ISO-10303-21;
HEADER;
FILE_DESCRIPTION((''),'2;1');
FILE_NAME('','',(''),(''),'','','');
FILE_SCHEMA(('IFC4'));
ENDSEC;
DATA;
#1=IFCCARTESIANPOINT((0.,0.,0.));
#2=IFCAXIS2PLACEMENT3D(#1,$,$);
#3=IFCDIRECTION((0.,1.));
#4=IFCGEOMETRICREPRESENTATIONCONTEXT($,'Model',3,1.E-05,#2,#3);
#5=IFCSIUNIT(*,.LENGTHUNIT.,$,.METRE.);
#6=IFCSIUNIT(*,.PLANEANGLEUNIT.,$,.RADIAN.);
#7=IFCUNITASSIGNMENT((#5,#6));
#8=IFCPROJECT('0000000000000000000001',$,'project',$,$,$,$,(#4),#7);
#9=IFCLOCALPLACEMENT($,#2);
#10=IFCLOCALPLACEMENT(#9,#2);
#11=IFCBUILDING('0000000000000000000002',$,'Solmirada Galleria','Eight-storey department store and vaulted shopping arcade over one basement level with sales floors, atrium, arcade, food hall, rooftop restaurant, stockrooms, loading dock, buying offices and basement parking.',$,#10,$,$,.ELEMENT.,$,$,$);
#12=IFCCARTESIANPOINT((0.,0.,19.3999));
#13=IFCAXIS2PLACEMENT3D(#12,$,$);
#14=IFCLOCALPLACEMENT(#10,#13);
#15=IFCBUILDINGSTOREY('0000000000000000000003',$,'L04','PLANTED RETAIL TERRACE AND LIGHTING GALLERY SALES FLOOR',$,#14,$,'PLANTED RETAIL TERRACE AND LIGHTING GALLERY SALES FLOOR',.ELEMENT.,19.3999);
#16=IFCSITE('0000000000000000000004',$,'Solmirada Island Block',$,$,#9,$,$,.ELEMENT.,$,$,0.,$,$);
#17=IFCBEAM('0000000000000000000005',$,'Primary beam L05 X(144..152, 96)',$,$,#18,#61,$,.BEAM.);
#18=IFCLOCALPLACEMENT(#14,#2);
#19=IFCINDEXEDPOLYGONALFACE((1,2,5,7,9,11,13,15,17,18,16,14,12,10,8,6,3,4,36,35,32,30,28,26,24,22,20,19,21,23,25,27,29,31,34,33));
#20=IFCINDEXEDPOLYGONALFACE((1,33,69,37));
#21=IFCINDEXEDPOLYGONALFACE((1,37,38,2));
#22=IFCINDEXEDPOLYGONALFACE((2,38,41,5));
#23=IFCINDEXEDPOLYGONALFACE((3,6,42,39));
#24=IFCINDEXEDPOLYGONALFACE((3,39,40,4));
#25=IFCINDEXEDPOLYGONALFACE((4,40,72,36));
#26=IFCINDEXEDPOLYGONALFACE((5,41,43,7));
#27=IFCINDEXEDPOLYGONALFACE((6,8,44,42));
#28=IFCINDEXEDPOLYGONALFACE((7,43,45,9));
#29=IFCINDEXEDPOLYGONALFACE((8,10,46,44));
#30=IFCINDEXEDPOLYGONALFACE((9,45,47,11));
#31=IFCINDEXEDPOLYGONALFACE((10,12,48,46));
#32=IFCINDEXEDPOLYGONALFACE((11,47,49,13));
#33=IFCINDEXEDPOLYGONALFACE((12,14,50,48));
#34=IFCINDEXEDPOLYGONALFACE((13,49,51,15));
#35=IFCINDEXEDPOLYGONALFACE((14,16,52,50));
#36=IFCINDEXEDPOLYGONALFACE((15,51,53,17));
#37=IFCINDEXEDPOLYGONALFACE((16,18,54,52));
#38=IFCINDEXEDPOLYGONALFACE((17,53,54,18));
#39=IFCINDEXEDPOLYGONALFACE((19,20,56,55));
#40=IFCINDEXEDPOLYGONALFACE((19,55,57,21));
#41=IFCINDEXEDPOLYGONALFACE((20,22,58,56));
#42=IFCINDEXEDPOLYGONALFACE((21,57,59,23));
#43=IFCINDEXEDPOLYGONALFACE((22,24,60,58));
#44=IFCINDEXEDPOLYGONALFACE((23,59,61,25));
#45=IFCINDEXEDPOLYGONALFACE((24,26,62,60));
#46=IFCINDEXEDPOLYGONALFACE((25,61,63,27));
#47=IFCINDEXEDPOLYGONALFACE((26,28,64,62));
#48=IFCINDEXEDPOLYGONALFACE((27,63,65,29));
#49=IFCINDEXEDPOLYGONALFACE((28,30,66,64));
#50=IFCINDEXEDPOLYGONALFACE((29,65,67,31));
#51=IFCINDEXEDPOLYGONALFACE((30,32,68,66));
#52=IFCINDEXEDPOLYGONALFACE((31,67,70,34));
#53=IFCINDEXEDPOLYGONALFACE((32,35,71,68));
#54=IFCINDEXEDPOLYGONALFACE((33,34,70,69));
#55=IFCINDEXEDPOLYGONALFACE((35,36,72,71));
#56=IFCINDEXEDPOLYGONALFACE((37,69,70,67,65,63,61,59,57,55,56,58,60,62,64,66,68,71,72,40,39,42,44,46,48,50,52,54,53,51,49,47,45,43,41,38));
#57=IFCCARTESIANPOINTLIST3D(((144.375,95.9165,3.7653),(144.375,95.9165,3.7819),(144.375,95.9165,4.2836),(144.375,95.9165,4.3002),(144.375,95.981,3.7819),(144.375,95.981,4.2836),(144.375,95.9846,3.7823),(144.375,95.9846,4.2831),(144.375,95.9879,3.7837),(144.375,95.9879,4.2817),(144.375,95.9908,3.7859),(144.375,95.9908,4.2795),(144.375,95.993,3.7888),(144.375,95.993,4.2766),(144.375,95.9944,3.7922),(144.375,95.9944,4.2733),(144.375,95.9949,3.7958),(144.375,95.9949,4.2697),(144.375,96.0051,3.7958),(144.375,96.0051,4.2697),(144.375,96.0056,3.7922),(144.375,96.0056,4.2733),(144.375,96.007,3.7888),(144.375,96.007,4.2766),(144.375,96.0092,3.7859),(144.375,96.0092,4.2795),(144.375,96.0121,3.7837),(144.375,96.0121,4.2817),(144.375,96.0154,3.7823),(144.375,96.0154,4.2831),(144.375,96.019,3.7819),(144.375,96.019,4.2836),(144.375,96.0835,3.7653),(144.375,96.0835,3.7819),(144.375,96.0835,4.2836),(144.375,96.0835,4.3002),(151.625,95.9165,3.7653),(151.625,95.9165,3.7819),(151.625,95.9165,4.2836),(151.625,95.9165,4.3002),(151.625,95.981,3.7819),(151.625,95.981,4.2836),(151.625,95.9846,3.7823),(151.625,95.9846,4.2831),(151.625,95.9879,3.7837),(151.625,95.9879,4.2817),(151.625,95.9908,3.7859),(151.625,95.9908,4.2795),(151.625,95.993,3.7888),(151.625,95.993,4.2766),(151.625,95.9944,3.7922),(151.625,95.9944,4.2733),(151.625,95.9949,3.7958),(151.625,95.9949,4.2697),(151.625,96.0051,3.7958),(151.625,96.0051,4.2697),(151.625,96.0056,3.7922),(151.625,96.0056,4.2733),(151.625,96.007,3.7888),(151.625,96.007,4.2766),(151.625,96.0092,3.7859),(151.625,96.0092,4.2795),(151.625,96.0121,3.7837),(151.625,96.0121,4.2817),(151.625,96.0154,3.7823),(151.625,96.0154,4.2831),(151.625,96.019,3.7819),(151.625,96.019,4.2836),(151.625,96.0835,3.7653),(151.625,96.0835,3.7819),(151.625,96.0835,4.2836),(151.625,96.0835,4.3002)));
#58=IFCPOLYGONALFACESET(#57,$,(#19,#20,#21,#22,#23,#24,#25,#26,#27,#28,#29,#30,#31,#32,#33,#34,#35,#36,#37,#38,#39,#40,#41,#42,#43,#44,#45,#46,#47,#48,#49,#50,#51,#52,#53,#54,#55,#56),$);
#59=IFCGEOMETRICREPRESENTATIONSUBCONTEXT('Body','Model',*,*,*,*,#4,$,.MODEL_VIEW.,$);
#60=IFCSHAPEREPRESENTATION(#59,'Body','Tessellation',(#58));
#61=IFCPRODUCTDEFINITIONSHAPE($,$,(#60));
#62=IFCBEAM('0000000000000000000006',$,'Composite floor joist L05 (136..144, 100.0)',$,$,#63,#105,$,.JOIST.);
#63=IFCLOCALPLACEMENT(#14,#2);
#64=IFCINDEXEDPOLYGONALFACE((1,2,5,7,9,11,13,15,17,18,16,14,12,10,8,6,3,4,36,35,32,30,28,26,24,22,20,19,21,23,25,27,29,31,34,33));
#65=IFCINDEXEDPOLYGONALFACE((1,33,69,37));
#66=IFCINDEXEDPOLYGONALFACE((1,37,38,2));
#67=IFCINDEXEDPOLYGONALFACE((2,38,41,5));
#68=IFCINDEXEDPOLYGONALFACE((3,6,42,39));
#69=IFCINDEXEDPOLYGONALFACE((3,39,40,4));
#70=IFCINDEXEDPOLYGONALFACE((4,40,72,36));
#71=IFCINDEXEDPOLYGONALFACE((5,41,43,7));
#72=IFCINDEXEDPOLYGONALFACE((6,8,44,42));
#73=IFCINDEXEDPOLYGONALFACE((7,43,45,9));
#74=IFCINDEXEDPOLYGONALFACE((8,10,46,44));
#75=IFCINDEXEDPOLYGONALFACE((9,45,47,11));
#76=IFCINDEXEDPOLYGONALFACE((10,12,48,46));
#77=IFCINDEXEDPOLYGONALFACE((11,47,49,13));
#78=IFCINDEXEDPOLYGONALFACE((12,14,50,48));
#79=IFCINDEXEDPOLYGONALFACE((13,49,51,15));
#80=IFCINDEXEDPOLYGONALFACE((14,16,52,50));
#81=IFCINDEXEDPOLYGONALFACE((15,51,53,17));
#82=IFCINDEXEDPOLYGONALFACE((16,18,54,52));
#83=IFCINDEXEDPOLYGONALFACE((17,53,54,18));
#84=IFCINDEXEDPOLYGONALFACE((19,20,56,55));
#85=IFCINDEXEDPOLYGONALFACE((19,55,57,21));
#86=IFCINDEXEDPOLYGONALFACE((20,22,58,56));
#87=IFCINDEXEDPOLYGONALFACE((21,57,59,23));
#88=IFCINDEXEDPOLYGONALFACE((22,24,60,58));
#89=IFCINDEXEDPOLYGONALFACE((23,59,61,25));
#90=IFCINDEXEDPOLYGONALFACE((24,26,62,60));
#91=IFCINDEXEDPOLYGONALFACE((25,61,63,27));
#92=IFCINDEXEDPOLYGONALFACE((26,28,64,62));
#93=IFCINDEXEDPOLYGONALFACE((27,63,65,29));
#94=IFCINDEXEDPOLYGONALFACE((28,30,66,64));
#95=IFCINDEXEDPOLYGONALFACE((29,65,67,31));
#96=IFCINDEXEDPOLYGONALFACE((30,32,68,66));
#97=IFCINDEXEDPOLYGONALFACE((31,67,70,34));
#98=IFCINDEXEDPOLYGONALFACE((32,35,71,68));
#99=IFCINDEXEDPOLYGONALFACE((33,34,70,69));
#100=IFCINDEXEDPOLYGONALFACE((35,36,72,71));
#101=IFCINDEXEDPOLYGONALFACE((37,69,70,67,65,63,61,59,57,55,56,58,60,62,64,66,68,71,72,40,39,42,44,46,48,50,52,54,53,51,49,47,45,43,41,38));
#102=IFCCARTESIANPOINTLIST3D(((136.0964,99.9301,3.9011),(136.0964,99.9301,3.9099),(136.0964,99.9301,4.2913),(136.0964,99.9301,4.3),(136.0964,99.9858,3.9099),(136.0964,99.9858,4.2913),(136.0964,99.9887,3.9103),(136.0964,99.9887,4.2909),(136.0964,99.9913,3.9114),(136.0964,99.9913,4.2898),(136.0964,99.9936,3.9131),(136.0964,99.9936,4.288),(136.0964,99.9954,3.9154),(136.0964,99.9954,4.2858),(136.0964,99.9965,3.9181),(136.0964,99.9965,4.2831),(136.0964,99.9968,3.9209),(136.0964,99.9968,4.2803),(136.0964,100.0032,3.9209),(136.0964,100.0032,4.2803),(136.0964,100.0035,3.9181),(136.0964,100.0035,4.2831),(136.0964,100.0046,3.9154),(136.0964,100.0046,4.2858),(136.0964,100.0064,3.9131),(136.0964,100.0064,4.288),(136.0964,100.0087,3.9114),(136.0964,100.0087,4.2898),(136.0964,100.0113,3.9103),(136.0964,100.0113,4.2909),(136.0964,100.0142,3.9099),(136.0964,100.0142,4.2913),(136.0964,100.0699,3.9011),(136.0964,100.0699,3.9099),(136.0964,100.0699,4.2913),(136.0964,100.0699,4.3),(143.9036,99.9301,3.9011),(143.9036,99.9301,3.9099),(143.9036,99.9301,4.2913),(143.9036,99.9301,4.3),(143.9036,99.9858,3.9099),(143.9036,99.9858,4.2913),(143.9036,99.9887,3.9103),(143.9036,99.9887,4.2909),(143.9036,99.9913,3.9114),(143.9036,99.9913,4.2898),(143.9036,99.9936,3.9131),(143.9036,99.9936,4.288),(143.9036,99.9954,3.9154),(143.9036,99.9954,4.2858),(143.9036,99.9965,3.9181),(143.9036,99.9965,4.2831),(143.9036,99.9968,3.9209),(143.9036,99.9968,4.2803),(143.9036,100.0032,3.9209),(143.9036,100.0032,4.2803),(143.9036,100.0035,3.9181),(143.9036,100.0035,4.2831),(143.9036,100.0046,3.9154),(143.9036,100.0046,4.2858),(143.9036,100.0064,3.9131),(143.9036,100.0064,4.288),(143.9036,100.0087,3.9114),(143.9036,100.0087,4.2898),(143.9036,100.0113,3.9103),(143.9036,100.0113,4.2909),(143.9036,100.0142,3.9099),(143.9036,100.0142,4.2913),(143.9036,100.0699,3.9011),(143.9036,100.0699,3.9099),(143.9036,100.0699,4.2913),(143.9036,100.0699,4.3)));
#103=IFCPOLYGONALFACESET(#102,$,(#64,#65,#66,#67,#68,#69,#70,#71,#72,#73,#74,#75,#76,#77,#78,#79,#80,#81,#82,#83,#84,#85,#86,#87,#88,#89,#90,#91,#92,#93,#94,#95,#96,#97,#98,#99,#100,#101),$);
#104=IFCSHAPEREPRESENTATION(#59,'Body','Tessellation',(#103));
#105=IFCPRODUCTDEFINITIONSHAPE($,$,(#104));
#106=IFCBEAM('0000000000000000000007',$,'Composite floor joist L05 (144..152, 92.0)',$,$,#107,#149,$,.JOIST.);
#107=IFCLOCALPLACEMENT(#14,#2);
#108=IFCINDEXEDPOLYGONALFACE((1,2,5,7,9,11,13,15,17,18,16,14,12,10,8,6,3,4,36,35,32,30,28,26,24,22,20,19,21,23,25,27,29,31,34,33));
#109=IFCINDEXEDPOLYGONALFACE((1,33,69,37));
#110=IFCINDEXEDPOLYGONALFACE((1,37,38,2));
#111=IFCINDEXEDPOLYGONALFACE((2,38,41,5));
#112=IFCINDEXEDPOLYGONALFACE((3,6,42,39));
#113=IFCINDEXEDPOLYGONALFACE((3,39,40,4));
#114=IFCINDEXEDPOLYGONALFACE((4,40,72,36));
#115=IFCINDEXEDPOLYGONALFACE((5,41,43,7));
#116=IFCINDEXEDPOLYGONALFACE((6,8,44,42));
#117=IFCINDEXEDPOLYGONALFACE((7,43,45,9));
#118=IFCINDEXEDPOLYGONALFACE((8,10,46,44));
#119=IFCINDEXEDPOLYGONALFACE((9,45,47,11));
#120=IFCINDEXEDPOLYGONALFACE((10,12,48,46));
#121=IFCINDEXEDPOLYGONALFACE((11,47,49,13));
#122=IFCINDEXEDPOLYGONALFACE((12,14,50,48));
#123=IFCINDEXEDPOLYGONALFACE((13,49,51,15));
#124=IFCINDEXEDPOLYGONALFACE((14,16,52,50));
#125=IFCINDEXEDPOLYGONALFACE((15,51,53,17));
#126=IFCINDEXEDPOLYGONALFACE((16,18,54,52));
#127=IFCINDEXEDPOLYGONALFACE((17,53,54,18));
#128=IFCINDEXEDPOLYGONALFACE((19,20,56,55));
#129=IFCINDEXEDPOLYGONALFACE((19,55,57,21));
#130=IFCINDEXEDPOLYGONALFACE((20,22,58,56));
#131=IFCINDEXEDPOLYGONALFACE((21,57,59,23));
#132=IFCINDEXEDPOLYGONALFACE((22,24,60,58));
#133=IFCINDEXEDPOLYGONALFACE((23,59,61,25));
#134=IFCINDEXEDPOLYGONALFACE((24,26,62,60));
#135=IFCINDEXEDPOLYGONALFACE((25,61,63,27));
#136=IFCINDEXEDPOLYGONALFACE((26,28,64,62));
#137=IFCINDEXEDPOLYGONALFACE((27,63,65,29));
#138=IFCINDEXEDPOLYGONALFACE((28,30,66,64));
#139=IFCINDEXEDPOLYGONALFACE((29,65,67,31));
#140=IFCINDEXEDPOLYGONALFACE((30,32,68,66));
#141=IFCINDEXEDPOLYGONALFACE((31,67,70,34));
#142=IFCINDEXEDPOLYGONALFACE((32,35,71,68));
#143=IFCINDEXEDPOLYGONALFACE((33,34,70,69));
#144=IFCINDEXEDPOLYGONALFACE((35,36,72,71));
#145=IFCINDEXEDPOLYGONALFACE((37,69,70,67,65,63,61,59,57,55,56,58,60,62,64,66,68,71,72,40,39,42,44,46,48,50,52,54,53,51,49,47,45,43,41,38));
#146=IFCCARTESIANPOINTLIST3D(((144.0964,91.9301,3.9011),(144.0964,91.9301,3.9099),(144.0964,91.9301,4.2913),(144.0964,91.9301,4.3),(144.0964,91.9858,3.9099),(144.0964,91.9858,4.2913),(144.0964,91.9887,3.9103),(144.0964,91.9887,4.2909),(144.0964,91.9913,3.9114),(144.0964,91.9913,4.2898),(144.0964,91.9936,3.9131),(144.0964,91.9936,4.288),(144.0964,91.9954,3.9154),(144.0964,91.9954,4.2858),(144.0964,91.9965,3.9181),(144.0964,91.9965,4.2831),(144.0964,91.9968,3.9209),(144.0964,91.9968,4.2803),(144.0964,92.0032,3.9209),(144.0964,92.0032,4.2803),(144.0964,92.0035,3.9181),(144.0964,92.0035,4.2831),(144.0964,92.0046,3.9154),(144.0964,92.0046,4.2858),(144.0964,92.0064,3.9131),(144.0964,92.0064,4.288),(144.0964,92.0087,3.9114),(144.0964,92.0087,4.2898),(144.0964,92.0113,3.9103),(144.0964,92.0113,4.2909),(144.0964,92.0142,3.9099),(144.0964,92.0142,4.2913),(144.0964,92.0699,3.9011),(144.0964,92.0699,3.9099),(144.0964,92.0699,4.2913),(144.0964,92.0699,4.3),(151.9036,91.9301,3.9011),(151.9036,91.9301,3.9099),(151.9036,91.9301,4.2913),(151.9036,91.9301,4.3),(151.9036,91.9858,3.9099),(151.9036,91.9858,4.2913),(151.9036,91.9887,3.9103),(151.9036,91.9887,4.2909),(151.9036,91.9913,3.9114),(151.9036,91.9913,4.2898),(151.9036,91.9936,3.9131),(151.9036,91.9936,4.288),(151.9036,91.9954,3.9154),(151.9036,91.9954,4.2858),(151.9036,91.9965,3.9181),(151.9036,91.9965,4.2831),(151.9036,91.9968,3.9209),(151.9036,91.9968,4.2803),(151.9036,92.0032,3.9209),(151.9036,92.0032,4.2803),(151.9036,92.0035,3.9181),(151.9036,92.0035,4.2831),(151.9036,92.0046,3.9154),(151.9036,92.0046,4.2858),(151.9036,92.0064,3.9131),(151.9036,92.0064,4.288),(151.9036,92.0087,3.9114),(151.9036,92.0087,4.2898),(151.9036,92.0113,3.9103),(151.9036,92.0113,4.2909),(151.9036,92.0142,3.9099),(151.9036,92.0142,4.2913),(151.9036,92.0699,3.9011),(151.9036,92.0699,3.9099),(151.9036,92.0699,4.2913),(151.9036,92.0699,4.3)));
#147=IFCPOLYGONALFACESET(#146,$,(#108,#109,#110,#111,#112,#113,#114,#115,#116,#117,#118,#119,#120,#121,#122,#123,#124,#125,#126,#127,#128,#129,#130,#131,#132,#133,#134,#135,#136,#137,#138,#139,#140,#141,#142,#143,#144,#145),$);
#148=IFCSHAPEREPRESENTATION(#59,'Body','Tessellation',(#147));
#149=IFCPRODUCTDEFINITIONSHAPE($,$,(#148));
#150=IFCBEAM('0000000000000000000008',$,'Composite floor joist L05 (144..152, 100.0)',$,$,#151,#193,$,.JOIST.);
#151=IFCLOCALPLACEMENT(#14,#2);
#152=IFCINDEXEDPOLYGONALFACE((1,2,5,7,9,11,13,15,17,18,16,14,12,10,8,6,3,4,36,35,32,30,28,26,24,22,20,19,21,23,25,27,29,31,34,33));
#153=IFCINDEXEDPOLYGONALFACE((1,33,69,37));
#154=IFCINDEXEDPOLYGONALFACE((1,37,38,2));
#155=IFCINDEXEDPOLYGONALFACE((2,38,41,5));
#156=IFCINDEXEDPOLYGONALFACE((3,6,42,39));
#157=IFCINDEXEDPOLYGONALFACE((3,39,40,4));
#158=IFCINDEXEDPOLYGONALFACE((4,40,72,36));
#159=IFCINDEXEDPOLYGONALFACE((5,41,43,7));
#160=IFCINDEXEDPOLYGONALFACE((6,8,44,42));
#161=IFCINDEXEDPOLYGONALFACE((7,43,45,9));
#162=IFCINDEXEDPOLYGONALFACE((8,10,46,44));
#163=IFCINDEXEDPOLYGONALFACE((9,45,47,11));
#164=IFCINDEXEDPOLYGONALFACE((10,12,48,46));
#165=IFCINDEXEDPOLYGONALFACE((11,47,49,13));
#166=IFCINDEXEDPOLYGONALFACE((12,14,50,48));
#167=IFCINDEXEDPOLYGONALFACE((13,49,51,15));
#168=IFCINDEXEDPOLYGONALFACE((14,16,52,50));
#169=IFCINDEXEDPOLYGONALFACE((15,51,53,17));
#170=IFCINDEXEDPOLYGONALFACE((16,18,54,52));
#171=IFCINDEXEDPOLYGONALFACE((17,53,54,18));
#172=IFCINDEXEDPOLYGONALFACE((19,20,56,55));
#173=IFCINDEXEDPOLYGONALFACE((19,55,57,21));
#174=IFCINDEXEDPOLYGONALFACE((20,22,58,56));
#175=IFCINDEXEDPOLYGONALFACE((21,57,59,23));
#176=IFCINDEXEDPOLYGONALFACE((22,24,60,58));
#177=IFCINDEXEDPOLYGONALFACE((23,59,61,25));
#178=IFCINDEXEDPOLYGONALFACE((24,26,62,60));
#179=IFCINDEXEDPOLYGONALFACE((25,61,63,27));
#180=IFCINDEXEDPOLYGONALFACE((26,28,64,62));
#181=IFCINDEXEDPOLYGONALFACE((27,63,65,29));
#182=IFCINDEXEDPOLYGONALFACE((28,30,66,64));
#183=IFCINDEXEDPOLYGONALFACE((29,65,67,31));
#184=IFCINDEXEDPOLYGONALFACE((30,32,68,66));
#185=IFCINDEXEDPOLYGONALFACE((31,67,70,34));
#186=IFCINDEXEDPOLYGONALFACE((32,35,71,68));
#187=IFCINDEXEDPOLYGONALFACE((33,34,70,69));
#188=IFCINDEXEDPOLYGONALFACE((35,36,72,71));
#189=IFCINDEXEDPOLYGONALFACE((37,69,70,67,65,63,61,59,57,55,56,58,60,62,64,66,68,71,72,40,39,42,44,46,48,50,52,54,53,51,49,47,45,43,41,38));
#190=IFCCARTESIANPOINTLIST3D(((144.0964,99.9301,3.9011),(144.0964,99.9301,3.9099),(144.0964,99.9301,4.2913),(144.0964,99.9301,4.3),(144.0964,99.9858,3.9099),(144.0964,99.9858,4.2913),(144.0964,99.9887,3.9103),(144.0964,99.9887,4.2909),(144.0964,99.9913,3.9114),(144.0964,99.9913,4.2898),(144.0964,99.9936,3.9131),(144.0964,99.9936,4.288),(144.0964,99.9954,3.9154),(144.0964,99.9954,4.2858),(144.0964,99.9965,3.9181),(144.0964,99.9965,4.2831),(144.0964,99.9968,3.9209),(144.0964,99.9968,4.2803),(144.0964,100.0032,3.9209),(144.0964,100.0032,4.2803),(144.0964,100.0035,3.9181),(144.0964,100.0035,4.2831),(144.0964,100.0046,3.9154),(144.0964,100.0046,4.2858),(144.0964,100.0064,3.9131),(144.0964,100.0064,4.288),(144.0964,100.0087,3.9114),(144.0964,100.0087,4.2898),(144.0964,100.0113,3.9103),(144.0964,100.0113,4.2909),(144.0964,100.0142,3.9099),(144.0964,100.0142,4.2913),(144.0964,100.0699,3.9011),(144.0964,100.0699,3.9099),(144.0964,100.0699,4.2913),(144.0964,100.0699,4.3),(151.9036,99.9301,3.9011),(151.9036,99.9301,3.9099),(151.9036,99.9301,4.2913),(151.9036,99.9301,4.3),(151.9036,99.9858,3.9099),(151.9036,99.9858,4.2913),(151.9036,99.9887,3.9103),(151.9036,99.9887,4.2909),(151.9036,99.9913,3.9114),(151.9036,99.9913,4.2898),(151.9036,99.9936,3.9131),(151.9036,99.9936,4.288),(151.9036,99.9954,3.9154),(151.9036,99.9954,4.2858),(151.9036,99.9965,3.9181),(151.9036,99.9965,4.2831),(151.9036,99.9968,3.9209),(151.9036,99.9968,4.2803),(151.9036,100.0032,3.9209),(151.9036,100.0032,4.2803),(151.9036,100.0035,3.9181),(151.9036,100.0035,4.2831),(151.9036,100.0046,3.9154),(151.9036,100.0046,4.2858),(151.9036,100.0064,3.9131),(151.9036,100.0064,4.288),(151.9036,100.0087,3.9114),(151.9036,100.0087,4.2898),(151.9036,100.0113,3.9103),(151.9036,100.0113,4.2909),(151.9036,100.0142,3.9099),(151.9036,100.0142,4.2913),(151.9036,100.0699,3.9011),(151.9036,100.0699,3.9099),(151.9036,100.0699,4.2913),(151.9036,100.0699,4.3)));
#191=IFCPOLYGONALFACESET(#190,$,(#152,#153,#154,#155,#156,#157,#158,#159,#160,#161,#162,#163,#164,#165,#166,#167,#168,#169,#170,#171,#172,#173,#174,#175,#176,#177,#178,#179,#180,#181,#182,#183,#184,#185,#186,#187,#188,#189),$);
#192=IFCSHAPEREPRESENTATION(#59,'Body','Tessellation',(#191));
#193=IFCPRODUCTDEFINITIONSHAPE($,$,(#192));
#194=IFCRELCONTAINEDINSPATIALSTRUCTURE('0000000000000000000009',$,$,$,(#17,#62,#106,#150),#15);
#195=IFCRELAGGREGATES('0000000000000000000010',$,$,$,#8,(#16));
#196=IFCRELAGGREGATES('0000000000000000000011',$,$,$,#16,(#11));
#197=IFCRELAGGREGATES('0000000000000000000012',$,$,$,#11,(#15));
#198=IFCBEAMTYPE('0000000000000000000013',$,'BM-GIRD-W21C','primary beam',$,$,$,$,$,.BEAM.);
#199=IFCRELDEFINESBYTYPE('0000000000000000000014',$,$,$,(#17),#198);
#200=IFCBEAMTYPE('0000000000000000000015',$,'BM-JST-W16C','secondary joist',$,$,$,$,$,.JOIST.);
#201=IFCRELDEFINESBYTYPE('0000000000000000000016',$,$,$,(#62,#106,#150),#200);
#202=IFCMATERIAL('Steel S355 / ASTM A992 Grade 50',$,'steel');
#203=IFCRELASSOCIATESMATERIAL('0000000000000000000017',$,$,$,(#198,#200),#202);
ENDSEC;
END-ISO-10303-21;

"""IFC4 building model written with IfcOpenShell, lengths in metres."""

from ifc_helpers import new_model, si_unit, direction, frame, origin, origin_2d, place, context, subcontext, project, spatial, i_section, extrude, material, material_profile, profile_set, type_object, element, save


model = new_model("IFC4")

# Units and contexts
model_context = context("Model", 3, precision=1e-05, world=origin(), true_north=direction((0.0, 1.0)))
body_context = subcontext(model_context, "Body", "Model", "MODEL_VIEW")
ifc_project = project(units=[si_unit("LENGTHUNIT", "METRE"), si_unit("PLANEANGLEUNIT", "RADIAN")], contexts=[model_context])

# Site, building, storey
site_placement = place(None, origin())
site = spatial("IfcSite", under=ifc_project, at=site_placement, Name="Solmirada Island Block", CompositionType="ELEMENT", RefElevation=0.0)
building_placement = place(site_placement, origin())
building = spatial("IfcBuilding", under=site, at=building_placement, Name="Solmirada Galleria", Description="Eight-storey department store and vaulted shopping arcade over one basement level with sales floors, atrium, arcade, food hall, rooftop restaurant, stockrooms, loading dock, buying offices and basement parking.", CompositionType="ELEMENT")
storey_placement = place(building_placement, frame((0.0, 0.0, 19.3999)))
storey = spatial("IfcBuildingStorey", under=building, at=storey_placement, Name="L04", Description="PLANTED RETAIL TERRACE AND LIGHTING GALLERY SALES FLOOR", LongName="PLANTED RETAIL TERRACE AND LIGHTING GALLERY SALES FLOOR", CompositionType="ELEMENT", Elevation=19.3999)

# Beams
ifc_material_1 = material(Name="Steel S355 / ASTM A992 Grade 50", Category="steel")
ifc_material_profile_1 = material_profile(ifc_material_1, i_section(OverallWidth=0.167, OverallDepth=0.5349, WebThickness=0.0103, FlangeThickness=0.0166, FilletRadius=0.0139, at=origin_2d()), Name="W21X57")
ifc_profile_set_1 = profile_set([ifc_material_profile_1], Name="Steel S355 / ASTM A992 Grade 50")
beam_type_1 = type_object("IfcBeamType", Name="BM-GIRD-W21C", Description="primary beam", PredefinedType="BEAM", material=ifc_profile_set_1)
for number, where, z_axis, x_axis, name in (
    (1, (144.375, 96.0, 4.0327), (1.0, 0.0, 0.0), (0.0, 1.0, 0.0), "Primary beam L05 X(144..152, 96)"),
):
    element("IfcBeam", number, at=place(storey_placement, frame(where, z_axis=z_axis, x_axis=x_axis)), inside=storey, type_object=beam_type_1, Name=name, PredefinedType="BEAM", context=body_context, shape_type="SweptSolid", body=[
        extrude(i_section(OverallWidth=0.167, OverallDepth=0.5349, WebThickness=0.0103, FlangeThickness=0.0166, FilletRadius=0.0139, at=origin_2d()), origin(), (0.0, 0.0, 1.0), 7.25),
    ])
ifc_material_profile_2 = material_profile(ifc_material_1, i_section(OverallWidth=0.1399, OverallDepth=0.3989, WebThickness=0.0063, FlangeThickness=0.0088, FilletRadius=0.011, at=origin_2d()), Name="W16X26")
ifc_profile_set_2 = profile_set([ifc_material_profile_2], Name="Steel S355 / ASTM A992 Grade 50")
beam_type_2 = type_object("IfcBeamType", Name="BM-JST-W16C", Description="secondary joist", PredefinedType="JOIST", material=ifc_profile_set_2)
for number, where, z_axis, x_axis, name in (
    (2, (136.0964, 100.0, 4.1006), (1.0, 0.0, 0.0), (0.0, 1.0, 0.0), "Composite floor joist L05 (136..144, 100.0)"),
    (3, (144.0964, 92.0, 4.1006), (1.0, 0.0, 0.0), (0.0, 1.0, 0.0), "Composite floor joist L05 (144..152, 92.0)"),
    (4, (144.0964, 100.0, 4.1006), (1.0, 0.0, 0.0), (0.0, 1.0, 0.0), "Composite floor joist L05 (144..152, 100.0)"),
):
    element("IfcBeam", number, at=place(storey_placement, frame(where, z_axis=z_axis, x_axis=x_axis)), inside=storey, type_object=beam_type_2, Name=name, PredefinedType="JOIST", context=body_context, shape_type="SweptSolid", body=[
        extrude(i_section(OverallWidth=0.1399, OverallDepth=0.3989, WebThickness=0.0063, FlangeThickness=0.0088, FilletRadius=0.011, at=origin_2d()), origin(), (0.0, 0.0, 1.0), 7.8071),
    ])

save(model, "model.ifc")
